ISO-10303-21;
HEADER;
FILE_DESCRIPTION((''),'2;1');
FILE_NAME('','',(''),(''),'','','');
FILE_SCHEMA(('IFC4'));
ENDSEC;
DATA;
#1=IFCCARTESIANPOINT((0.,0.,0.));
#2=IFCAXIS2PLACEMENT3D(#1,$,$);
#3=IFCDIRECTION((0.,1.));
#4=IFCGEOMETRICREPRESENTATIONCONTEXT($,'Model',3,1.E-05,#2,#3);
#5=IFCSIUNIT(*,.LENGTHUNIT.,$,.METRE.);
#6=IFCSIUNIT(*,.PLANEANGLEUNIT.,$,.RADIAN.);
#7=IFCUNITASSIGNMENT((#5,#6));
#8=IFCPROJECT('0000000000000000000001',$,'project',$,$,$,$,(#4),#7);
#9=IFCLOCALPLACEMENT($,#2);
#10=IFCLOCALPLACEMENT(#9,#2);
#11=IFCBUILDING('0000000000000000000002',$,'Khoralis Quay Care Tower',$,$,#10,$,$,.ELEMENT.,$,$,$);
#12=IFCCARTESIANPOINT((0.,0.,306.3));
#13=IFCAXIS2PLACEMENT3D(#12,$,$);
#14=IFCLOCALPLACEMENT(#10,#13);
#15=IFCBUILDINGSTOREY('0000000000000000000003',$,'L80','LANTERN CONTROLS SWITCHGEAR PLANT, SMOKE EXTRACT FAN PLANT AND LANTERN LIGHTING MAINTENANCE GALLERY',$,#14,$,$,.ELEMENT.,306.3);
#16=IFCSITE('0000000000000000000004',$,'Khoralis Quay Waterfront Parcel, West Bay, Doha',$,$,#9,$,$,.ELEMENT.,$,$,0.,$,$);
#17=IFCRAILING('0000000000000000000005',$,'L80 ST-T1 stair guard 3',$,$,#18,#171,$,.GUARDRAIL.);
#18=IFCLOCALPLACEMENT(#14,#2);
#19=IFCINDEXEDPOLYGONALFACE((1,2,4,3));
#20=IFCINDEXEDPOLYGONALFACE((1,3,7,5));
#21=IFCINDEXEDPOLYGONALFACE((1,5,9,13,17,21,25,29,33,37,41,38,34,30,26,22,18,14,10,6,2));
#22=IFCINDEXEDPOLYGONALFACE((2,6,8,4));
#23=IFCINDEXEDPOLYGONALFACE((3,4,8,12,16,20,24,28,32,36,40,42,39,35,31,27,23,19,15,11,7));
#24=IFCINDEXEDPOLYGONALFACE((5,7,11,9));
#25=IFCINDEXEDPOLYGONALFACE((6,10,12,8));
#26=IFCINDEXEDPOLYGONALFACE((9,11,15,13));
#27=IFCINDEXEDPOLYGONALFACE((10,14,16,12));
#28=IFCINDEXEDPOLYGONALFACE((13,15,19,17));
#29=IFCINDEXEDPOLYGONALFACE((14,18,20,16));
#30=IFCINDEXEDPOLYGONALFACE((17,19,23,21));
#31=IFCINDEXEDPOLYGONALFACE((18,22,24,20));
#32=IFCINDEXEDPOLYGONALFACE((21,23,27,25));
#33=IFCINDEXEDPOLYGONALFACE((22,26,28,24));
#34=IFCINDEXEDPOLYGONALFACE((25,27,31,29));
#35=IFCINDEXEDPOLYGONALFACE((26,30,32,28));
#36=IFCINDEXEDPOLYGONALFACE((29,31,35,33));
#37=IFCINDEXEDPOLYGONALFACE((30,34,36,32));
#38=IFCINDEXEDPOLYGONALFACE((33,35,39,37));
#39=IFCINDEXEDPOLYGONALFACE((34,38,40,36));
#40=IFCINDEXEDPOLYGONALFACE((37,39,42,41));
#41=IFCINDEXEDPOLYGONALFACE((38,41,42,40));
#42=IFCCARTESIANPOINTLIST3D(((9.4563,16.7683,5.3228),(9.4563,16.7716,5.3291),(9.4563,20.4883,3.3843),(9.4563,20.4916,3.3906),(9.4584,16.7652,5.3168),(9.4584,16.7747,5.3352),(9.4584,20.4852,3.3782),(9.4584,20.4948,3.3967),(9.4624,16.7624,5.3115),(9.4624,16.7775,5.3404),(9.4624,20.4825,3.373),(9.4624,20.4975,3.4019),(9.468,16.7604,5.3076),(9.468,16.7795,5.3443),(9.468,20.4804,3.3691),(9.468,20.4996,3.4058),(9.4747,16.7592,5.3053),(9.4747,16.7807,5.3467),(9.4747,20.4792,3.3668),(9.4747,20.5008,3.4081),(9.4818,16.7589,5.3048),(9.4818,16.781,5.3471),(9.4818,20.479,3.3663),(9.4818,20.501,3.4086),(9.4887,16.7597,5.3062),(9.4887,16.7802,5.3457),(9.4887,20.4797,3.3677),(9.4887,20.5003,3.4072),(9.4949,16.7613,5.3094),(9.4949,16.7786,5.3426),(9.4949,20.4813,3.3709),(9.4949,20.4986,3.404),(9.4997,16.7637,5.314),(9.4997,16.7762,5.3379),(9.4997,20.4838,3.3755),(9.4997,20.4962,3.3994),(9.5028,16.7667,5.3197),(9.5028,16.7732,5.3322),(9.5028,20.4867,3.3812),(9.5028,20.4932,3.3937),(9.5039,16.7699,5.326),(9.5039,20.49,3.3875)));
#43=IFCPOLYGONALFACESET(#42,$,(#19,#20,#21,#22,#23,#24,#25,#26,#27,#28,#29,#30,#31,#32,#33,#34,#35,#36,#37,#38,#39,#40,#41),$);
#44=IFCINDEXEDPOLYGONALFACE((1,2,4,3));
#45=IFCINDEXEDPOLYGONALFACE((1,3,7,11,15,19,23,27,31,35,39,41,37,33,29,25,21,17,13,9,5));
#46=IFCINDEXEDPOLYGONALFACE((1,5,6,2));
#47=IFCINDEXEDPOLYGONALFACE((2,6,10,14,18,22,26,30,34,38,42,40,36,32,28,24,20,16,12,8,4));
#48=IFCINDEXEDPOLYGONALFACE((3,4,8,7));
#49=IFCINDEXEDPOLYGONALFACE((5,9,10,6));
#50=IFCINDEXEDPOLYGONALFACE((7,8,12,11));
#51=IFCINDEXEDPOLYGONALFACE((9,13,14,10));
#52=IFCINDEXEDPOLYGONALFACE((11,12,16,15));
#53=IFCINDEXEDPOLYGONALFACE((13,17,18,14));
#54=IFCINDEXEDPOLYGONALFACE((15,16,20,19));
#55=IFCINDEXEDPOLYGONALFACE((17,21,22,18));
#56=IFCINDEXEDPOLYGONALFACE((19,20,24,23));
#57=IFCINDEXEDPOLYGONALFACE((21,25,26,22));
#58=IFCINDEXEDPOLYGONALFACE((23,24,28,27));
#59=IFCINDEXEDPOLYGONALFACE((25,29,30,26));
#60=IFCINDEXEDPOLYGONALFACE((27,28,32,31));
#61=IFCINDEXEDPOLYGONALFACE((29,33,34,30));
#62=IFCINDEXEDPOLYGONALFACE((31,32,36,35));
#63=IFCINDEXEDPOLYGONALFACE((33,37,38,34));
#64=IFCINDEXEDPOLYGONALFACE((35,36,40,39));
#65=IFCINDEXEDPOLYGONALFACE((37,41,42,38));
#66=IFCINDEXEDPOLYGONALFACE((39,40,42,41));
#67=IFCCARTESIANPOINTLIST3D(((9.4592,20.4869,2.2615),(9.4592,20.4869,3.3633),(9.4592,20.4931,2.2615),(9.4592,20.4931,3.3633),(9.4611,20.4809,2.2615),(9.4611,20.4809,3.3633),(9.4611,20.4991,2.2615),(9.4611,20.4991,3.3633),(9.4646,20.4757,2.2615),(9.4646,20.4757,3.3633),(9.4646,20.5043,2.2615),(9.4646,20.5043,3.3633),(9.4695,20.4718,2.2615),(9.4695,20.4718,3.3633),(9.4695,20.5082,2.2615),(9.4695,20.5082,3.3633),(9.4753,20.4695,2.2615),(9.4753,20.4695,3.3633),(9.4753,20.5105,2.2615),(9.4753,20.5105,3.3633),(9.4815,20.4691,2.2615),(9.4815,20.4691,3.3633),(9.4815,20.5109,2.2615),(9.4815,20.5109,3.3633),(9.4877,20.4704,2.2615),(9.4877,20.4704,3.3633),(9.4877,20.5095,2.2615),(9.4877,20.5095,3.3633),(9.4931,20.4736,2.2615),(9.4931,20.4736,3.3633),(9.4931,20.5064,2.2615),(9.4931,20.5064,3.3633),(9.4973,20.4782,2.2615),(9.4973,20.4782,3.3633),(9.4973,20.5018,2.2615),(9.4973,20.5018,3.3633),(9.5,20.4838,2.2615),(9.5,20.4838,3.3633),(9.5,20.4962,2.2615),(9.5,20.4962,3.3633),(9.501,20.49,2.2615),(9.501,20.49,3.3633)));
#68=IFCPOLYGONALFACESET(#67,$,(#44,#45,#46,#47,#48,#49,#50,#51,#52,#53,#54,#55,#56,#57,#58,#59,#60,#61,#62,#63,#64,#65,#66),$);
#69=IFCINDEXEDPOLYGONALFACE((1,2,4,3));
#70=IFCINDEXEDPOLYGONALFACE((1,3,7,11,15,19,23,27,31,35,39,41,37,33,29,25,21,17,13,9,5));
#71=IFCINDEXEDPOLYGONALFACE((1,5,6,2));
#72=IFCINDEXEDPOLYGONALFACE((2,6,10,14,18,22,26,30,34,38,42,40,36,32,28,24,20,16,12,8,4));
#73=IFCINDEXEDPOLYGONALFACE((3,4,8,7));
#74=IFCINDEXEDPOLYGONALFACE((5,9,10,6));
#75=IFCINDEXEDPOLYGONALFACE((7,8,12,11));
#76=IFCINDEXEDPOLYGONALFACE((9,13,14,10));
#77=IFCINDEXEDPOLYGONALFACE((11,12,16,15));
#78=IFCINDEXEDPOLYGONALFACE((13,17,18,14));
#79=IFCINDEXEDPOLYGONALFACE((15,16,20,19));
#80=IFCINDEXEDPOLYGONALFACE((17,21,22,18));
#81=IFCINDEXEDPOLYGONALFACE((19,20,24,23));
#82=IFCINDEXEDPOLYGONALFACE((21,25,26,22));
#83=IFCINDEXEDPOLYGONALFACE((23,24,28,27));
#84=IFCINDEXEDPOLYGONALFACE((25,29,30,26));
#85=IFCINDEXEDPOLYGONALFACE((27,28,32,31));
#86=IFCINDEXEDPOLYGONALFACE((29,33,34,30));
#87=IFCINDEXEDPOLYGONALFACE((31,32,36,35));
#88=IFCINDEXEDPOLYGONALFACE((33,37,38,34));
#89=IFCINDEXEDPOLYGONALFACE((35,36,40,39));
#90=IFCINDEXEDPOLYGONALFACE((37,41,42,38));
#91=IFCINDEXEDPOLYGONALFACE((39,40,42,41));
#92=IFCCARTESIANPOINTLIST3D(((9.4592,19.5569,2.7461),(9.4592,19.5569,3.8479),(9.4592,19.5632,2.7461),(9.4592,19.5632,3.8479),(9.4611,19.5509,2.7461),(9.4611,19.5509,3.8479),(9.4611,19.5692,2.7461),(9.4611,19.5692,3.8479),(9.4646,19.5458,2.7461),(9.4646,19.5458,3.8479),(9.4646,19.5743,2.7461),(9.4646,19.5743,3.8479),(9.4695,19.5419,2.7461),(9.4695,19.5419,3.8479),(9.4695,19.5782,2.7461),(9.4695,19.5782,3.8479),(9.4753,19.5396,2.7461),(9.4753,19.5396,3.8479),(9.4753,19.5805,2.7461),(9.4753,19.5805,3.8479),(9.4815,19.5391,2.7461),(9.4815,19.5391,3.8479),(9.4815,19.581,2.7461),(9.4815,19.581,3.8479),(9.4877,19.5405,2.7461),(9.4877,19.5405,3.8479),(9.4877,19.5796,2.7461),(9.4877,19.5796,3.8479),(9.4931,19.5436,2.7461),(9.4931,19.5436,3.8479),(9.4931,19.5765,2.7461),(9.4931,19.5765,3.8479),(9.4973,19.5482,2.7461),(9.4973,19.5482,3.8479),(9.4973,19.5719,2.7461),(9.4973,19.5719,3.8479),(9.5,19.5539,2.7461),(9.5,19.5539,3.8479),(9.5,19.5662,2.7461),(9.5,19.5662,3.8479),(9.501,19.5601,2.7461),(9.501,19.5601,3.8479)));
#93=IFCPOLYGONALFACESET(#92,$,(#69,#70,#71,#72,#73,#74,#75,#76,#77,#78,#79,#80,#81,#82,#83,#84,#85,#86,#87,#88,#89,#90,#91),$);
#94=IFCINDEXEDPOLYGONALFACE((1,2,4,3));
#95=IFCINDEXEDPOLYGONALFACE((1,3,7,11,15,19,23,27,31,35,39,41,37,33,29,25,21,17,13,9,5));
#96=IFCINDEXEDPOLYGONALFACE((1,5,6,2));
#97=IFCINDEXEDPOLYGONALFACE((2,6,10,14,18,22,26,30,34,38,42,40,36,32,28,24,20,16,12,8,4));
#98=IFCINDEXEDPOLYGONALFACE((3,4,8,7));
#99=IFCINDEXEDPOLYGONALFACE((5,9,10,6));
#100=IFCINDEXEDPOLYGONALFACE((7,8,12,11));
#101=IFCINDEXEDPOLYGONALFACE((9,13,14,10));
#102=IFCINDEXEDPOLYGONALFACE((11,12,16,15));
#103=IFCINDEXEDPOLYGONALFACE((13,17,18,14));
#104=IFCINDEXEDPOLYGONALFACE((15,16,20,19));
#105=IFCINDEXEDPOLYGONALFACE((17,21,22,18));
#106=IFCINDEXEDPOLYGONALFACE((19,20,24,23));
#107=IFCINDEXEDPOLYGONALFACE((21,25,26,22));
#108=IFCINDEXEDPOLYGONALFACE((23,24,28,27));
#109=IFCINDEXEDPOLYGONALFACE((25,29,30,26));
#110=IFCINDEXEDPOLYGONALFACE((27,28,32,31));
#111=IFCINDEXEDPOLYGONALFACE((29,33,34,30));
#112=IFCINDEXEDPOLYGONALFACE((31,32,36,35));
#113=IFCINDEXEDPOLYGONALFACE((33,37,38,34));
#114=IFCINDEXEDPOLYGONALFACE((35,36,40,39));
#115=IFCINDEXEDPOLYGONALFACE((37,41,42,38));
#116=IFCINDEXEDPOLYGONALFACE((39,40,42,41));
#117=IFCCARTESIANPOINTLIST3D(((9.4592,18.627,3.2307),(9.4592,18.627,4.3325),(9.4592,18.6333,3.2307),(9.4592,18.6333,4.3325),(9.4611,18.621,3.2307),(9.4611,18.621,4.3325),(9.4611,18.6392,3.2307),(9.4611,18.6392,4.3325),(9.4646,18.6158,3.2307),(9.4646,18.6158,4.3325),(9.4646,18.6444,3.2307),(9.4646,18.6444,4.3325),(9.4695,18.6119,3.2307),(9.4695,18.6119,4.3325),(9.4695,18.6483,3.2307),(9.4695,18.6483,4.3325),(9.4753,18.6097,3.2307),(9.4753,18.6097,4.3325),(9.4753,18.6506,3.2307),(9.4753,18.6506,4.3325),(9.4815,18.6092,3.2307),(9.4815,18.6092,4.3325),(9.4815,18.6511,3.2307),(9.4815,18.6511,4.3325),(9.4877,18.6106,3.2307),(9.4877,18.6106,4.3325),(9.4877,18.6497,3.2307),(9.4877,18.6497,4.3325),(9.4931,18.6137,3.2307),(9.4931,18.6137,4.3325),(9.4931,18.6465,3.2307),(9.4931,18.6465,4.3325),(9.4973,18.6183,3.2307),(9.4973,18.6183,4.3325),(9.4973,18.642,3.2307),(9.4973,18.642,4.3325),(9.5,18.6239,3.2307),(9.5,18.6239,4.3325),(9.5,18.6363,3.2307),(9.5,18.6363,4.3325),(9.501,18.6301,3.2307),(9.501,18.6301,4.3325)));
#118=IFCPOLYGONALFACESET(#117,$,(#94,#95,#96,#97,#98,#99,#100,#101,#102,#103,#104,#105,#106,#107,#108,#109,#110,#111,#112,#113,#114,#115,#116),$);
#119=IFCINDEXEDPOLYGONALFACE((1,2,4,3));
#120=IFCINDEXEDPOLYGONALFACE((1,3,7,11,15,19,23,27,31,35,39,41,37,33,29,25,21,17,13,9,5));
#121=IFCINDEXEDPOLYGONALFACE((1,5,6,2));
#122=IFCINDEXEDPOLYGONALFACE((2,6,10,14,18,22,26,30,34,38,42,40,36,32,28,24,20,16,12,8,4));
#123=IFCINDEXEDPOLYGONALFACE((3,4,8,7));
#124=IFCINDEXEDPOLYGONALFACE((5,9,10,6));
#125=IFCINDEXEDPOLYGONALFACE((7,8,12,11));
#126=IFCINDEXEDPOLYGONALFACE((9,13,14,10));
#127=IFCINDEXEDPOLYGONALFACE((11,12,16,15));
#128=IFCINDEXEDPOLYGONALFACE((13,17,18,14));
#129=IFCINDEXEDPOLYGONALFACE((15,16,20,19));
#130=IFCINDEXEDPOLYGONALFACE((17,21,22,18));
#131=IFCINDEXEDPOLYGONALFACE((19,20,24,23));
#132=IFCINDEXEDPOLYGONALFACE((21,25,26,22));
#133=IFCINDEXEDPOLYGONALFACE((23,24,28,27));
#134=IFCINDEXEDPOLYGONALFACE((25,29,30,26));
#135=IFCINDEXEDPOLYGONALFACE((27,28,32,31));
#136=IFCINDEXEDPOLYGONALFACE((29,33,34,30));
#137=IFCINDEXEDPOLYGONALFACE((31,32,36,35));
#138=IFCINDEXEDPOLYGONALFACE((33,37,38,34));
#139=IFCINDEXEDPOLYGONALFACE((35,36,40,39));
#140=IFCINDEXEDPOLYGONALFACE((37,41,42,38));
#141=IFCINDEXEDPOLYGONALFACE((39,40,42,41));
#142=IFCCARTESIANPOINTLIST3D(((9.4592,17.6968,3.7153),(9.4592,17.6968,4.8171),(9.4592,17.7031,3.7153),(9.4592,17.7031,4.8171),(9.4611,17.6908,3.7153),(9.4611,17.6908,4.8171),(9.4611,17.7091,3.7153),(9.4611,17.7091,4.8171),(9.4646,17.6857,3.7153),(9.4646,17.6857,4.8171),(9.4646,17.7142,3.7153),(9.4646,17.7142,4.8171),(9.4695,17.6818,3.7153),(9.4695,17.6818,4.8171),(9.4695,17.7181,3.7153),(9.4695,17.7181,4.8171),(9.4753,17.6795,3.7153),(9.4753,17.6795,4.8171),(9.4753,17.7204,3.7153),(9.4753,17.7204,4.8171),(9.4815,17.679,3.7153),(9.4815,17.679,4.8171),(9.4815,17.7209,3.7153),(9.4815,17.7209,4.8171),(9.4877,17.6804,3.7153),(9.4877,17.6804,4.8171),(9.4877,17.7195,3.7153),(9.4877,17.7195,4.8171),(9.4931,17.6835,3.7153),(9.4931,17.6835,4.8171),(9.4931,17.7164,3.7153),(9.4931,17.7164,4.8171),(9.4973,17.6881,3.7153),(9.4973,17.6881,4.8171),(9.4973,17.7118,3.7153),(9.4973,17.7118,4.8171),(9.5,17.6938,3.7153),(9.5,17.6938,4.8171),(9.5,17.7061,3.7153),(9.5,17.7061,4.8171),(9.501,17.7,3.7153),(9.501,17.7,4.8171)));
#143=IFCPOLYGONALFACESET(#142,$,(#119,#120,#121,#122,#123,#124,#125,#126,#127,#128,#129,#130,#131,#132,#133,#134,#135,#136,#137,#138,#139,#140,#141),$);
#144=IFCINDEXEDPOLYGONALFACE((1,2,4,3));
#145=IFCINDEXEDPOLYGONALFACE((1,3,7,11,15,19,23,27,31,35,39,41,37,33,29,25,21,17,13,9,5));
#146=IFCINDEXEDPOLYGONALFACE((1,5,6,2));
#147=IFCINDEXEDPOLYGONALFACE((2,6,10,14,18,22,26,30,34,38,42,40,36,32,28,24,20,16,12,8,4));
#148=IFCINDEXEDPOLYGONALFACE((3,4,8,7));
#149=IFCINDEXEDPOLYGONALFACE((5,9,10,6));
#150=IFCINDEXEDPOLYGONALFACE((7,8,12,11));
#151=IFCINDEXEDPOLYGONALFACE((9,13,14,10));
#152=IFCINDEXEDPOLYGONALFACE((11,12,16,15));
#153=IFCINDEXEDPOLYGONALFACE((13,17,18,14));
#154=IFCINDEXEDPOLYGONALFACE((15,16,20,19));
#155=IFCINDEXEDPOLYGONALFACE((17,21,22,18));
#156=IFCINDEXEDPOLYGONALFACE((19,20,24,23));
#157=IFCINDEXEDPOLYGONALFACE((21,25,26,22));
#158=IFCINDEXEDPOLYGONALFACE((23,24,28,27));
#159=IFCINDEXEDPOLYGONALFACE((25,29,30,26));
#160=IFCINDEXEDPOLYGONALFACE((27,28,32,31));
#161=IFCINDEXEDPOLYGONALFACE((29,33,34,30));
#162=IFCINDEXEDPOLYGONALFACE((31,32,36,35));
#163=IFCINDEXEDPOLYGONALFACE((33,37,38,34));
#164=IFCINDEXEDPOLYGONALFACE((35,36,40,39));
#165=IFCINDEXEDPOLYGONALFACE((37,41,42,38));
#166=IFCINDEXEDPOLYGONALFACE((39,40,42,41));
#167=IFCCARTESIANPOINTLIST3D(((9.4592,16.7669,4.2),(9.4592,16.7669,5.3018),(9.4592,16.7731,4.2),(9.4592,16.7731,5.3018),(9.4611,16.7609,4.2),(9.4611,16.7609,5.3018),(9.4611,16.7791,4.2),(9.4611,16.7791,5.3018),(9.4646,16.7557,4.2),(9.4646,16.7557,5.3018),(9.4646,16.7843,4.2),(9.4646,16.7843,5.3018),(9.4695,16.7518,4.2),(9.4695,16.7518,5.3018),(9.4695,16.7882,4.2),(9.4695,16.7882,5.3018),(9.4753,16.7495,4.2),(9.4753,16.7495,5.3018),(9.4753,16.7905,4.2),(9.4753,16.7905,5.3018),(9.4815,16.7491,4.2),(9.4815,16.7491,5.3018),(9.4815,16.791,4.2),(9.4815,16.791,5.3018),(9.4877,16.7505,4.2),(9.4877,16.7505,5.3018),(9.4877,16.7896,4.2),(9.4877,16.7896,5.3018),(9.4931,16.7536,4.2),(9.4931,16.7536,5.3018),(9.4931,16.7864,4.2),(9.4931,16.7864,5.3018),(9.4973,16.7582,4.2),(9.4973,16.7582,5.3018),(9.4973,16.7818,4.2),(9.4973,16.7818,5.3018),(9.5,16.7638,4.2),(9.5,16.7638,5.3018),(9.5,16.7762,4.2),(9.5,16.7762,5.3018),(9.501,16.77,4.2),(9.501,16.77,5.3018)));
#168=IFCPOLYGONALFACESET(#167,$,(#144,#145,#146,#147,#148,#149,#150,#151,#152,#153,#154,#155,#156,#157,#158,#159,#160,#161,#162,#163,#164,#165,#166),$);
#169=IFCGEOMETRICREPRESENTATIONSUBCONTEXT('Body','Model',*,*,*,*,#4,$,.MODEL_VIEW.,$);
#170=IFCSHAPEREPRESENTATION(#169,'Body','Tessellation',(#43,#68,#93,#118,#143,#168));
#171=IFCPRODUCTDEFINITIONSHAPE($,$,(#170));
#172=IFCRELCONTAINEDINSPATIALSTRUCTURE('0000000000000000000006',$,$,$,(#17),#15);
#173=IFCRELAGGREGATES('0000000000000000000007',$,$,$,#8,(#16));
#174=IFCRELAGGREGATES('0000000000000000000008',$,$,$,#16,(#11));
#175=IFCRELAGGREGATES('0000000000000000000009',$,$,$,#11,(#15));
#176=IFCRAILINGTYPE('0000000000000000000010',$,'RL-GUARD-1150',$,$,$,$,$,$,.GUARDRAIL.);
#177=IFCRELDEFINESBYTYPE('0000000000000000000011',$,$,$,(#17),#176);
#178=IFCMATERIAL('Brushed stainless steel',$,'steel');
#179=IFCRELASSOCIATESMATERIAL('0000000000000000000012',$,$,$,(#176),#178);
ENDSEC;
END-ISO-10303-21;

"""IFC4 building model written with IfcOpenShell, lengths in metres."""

from ifc_helpers import new_model, si_unit, direction, frame, origin, origin_2d, place, context, subcontext, project, spatial, circle, extrude, material, type_object, element, save


model = new_model("IFC4")

# Units and contexts
model_context = context("Model", 3, precision=1e-05, world=origin(), true_north=direction((0.0, 1.0)))
body_context = subcontext(model_context, "Body", "Model", "MODEL_VIEW")
ifc_project = project(units=[si_unit("LENGTHUNIT", "METRE"), si_unit("PLANEANGLEUNIT", "RADIAN")], contexts=[model_context])

# Site, building, storey
site_placement = place(None, origin())
site = spatial("IfcSite", under=ifc_project, at=site_placement, Name="Khoralis Quay Waterfront Parcel, West Bay, Doha", CompositionType="ELEMENT", RefElevation=0.0)
building_placement = place(site_placement, origin())
building = spatial("IfcBuilding", under=site, at=building_placement, Name="Khoralis Quay Care Tower", CompositionType="ELEMENT")
storey_placement = place(building_placement, frame((0.0, 0.0, 306.3)))
storey = spatial("IfcBuildingStorey", under=building, at=storey_placement, Name="L80", Description="LANTERN CONTROLS SWITCHGEAR PLANT, SMOKE EXTRACT FAN PLANT AND LANTERN LIGHTING MAINTENANCE GALLERY", CompositionType="ELEMENT", Elevation=306.3)

# Railing
ifc_material_1 = material(Name="Brushed stainless steel", Category="steel")
railing_type_1 = type_object("IfcRailingType", Name="RL-GUARD-1150", PredefinedType="GUARDRAIL", material=ifc_material_1)
railing_1_placement = place(storey_placement, frame((9.48, 20.49, 2.2615)))
element("IfcRailing", 1, at=railing_1_placement, inside=storey, type_object=railing_type_1, Name="L80 ST-T1 stair guard 3", PredefinedType="GUARDRAIL", context=body_context, shape_type="SweptSolid", body=[
    extrude(circle(Radius=0.0239, at=origin_2d()), frame((0.0, 0.0, 1.126), z_axis=(0.0, -0.886817, 0.46212), x_axis=(1.0, 0.0, 0.0)), (0.0, 0.0, 1.0), 4.1948),
    extrude(circle(Radius=0.021, at=origin_2d()), origin(), (0.0, 0.0, 1.0), 1.1018),
    extrude(circle(Radius=0.021, at=origin_2d()), frame((0.0, -0.9299, 0.4846)), (0.0, 0.0, 1.0), 1.1018),
    extrude(circle(Radius=0.021, at=origin_2d()), frame((0.0, -1.8599, 0.9692)), (0.0, 0.0, 1.0), 1.1018),
    extrude(circle(Radius=0.021, at=origin_2d()), frame((0.0, -2.79, 1.4539)), (0.0, 0.0, 1.0), 1.1018),
    extrude(circle(Radius=0.021, at=origin_2d()), frame((0.0, -3.72, 1.9385)), (0.0, 0.0, 1.0), 1.1018),
])

save(model, "model.ifc")
